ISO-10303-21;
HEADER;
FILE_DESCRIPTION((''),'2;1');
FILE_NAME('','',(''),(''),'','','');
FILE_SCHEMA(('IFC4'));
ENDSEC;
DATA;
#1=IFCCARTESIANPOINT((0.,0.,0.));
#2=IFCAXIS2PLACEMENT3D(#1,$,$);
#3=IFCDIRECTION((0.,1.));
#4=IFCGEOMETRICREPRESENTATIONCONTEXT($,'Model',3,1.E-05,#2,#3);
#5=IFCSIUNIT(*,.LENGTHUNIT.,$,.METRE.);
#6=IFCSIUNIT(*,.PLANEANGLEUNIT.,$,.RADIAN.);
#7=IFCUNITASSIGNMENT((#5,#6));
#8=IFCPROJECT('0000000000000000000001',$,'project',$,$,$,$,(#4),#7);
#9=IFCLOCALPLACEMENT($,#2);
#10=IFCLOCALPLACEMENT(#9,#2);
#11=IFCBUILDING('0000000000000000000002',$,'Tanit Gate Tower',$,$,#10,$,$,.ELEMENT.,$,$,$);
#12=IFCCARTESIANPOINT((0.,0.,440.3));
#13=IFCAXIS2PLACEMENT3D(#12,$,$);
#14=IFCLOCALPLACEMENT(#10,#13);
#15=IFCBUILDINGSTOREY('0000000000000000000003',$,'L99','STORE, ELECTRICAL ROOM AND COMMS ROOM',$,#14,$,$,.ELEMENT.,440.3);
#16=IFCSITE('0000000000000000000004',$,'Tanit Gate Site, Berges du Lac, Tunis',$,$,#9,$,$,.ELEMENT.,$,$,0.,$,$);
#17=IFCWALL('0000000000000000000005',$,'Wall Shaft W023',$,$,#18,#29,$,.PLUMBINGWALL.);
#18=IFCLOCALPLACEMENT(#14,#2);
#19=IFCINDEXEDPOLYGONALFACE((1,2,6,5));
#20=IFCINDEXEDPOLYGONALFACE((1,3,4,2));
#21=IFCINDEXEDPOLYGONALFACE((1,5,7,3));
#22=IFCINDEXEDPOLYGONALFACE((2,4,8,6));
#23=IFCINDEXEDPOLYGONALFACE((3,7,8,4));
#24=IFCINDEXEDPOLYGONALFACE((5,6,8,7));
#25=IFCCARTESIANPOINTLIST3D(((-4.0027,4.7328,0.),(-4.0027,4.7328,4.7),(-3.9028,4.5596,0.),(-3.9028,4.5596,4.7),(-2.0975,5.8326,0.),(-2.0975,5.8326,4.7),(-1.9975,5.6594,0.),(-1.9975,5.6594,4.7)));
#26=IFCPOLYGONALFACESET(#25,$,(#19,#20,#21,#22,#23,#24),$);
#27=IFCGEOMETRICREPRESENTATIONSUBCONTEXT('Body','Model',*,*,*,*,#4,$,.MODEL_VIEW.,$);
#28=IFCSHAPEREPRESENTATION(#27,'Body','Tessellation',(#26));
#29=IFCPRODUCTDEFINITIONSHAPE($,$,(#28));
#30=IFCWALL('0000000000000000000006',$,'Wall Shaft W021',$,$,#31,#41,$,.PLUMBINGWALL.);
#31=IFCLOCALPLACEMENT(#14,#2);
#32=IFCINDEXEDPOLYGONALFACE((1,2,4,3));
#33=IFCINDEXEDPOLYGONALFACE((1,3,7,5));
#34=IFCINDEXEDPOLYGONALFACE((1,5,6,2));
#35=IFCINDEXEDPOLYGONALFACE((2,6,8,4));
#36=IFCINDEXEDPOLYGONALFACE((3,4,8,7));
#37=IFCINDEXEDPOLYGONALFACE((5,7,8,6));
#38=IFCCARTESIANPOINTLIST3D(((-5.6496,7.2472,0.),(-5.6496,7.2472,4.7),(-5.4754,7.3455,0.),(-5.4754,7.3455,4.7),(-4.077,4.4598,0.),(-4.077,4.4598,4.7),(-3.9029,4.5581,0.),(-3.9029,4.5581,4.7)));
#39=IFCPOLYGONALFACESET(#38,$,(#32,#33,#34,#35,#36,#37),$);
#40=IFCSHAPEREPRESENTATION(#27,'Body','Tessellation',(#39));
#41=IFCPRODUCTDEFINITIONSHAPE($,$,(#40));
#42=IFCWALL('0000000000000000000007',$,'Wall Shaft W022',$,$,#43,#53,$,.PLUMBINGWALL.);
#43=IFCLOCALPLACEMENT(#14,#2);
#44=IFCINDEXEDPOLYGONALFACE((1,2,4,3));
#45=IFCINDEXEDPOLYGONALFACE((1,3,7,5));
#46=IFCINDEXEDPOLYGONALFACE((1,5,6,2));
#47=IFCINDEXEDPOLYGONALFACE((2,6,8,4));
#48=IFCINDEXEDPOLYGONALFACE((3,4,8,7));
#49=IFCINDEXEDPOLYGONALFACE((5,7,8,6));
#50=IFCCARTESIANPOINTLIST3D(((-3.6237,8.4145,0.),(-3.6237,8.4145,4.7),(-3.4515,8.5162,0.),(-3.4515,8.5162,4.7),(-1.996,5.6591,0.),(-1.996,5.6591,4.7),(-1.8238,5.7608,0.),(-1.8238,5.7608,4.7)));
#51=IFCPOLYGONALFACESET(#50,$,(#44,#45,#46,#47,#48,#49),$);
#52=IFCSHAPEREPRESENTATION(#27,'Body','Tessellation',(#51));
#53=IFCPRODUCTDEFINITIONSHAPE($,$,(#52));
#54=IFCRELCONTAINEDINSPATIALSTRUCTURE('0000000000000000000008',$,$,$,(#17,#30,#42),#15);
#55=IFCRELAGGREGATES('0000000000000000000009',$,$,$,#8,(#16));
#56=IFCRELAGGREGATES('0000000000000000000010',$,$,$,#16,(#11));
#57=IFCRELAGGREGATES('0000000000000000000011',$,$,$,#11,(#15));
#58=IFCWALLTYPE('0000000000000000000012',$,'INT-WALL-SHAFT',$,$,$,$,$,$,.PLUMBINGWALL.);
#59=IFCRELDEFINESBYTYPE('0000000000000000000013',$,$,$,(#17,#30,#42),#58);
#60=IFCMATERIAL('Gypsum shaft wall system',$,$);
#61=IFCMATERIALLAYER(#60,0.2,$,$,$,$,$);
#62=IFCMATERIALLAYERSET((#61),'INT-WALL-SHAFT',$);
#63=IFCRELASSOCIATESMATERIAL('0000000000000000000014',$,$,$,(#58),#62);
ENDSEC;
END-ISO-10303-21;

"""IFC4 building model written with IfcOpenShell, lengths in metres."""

from ifc_helpers import new_model, si_unit, direction, frame, frame_2d, origin, place, context, subcontext, project, spatial, rectangle, extrude, material, layer, layer_set, type_object, element, save


model = new_model("IFC4")

# Units and contexts
model_context = context("Model", 3, precision=1e-05, world=origin(), true_north=direction((0.0, 1.0)))
body_context = subcontext(model_context, "Body", "Model", "MODEL_VIEW")
ifc_project = project(units=[si_unit("LENGTHUNIT", "METRE"), si_unit("PLANEANGLEUNIT", "RADIAN")], contexts=[model_context])

# Site, building, storey
site_placement = place(None, origin())
site = spatial("IfcSite", under=ifc_project, at=site_placement, Name="Tanit Gate Site, Berges du Lac, Tunis", CompositionType="ELEMENT", RefElevation=0.0)
building_placement = place(site_placement, origin())
building = spatial("IfcBuilding", under=site, at=building_placement, Name="Tanit Gate Tower", CompositionType="ELEMENT")
storey_placement = place(building_placement, frame((0.0, 0.0, 440.3)))
storey = spatial("IfcBuildingStorey", under=building, at=storey_placement, Name="L99", Description="STORE, ELECTRICAL ROOM AND COMMS ROOM", CompositionType="ELEMENT", Elevation=440.3)

# Shared definitions
ifc_material_1 = material(Name="Gypsum shaft wall system")
ifc_layer_1 = layer(ifc_material_1, 0.2)
ifc_layer_set_1 = layer_set([ifc_layer_1], Name="INT-WALL-SHAFT")
wall_type_1 = type_object("IfcWallType", Name="INT-WALL-SHAFT", PredefinedType="PLUMBINGWALL", material=ifc_layer_set_1)

# Walls
wall_1_placement = place(storey_placement, frame((-2.0474, 5.7461, 0.0), z_axis=(0.0, 0.0, 1.0), x_axis=(-0.866056, -0.499947, 0.0)))
element("IfcWall", 1, at=wall_1_placement, inside=storey, type_object=wall_type_1, Name="Wall Shaft W023", PredefinedType="PLUMBINGWALL", context=body_context, shape_type="SweptSolid", body=[
    extrude(rectangle(XDim=2.2, YDim=0.2, at=frame_2d((1.1001, 0.0))), origin(), (0.0, 0.0, 1.0), 4.7),
])
wall_2_placement = place(storey_placement, frame((-3.99, 4.509, 0.0), z_axis=(0.0, 0.0, 1.0), x_axis=(-0.491358, 0.870958, 0.0)))
element("IfcWall", 2, at=wall_2_placement, inside=storey, type_object=wall_type_1, Name="Wall Shaft W021", PredefinedType="PLUMBINGWALL", context=body_context, shape_type="SweptSolid", body=[
    extrude(rectangle(XDim=3.2004, YDim=0.2, at=frame_2d((1.6001, 0.0))), origin(), (0.0, 0.0, 1.0), 4.7),
])
wall_3_placement = place(storey_placement, frame((-3.5376, 8.4653, 0.0), z_axis=(0.0, 0.0, 1.0), x_axis=(0.508616, -0.860993, 0.0)))
element("IfcWall", 3, at=wall_3_placement, inside=storey, type_object=wall_type_1, Name="Wall Shaft W022", PredefinedType="PLUMBINGWALL", context=body_context, shape_type="SweptSolid", body=[
    extrude(rectangle(XDim=3.2002, YDim=0.2, at=frame_2d((1.6001, 0.0))), origin(), (0.0, 0.0, 1.0), 4.7),
])

save(model, "model.ifc")
